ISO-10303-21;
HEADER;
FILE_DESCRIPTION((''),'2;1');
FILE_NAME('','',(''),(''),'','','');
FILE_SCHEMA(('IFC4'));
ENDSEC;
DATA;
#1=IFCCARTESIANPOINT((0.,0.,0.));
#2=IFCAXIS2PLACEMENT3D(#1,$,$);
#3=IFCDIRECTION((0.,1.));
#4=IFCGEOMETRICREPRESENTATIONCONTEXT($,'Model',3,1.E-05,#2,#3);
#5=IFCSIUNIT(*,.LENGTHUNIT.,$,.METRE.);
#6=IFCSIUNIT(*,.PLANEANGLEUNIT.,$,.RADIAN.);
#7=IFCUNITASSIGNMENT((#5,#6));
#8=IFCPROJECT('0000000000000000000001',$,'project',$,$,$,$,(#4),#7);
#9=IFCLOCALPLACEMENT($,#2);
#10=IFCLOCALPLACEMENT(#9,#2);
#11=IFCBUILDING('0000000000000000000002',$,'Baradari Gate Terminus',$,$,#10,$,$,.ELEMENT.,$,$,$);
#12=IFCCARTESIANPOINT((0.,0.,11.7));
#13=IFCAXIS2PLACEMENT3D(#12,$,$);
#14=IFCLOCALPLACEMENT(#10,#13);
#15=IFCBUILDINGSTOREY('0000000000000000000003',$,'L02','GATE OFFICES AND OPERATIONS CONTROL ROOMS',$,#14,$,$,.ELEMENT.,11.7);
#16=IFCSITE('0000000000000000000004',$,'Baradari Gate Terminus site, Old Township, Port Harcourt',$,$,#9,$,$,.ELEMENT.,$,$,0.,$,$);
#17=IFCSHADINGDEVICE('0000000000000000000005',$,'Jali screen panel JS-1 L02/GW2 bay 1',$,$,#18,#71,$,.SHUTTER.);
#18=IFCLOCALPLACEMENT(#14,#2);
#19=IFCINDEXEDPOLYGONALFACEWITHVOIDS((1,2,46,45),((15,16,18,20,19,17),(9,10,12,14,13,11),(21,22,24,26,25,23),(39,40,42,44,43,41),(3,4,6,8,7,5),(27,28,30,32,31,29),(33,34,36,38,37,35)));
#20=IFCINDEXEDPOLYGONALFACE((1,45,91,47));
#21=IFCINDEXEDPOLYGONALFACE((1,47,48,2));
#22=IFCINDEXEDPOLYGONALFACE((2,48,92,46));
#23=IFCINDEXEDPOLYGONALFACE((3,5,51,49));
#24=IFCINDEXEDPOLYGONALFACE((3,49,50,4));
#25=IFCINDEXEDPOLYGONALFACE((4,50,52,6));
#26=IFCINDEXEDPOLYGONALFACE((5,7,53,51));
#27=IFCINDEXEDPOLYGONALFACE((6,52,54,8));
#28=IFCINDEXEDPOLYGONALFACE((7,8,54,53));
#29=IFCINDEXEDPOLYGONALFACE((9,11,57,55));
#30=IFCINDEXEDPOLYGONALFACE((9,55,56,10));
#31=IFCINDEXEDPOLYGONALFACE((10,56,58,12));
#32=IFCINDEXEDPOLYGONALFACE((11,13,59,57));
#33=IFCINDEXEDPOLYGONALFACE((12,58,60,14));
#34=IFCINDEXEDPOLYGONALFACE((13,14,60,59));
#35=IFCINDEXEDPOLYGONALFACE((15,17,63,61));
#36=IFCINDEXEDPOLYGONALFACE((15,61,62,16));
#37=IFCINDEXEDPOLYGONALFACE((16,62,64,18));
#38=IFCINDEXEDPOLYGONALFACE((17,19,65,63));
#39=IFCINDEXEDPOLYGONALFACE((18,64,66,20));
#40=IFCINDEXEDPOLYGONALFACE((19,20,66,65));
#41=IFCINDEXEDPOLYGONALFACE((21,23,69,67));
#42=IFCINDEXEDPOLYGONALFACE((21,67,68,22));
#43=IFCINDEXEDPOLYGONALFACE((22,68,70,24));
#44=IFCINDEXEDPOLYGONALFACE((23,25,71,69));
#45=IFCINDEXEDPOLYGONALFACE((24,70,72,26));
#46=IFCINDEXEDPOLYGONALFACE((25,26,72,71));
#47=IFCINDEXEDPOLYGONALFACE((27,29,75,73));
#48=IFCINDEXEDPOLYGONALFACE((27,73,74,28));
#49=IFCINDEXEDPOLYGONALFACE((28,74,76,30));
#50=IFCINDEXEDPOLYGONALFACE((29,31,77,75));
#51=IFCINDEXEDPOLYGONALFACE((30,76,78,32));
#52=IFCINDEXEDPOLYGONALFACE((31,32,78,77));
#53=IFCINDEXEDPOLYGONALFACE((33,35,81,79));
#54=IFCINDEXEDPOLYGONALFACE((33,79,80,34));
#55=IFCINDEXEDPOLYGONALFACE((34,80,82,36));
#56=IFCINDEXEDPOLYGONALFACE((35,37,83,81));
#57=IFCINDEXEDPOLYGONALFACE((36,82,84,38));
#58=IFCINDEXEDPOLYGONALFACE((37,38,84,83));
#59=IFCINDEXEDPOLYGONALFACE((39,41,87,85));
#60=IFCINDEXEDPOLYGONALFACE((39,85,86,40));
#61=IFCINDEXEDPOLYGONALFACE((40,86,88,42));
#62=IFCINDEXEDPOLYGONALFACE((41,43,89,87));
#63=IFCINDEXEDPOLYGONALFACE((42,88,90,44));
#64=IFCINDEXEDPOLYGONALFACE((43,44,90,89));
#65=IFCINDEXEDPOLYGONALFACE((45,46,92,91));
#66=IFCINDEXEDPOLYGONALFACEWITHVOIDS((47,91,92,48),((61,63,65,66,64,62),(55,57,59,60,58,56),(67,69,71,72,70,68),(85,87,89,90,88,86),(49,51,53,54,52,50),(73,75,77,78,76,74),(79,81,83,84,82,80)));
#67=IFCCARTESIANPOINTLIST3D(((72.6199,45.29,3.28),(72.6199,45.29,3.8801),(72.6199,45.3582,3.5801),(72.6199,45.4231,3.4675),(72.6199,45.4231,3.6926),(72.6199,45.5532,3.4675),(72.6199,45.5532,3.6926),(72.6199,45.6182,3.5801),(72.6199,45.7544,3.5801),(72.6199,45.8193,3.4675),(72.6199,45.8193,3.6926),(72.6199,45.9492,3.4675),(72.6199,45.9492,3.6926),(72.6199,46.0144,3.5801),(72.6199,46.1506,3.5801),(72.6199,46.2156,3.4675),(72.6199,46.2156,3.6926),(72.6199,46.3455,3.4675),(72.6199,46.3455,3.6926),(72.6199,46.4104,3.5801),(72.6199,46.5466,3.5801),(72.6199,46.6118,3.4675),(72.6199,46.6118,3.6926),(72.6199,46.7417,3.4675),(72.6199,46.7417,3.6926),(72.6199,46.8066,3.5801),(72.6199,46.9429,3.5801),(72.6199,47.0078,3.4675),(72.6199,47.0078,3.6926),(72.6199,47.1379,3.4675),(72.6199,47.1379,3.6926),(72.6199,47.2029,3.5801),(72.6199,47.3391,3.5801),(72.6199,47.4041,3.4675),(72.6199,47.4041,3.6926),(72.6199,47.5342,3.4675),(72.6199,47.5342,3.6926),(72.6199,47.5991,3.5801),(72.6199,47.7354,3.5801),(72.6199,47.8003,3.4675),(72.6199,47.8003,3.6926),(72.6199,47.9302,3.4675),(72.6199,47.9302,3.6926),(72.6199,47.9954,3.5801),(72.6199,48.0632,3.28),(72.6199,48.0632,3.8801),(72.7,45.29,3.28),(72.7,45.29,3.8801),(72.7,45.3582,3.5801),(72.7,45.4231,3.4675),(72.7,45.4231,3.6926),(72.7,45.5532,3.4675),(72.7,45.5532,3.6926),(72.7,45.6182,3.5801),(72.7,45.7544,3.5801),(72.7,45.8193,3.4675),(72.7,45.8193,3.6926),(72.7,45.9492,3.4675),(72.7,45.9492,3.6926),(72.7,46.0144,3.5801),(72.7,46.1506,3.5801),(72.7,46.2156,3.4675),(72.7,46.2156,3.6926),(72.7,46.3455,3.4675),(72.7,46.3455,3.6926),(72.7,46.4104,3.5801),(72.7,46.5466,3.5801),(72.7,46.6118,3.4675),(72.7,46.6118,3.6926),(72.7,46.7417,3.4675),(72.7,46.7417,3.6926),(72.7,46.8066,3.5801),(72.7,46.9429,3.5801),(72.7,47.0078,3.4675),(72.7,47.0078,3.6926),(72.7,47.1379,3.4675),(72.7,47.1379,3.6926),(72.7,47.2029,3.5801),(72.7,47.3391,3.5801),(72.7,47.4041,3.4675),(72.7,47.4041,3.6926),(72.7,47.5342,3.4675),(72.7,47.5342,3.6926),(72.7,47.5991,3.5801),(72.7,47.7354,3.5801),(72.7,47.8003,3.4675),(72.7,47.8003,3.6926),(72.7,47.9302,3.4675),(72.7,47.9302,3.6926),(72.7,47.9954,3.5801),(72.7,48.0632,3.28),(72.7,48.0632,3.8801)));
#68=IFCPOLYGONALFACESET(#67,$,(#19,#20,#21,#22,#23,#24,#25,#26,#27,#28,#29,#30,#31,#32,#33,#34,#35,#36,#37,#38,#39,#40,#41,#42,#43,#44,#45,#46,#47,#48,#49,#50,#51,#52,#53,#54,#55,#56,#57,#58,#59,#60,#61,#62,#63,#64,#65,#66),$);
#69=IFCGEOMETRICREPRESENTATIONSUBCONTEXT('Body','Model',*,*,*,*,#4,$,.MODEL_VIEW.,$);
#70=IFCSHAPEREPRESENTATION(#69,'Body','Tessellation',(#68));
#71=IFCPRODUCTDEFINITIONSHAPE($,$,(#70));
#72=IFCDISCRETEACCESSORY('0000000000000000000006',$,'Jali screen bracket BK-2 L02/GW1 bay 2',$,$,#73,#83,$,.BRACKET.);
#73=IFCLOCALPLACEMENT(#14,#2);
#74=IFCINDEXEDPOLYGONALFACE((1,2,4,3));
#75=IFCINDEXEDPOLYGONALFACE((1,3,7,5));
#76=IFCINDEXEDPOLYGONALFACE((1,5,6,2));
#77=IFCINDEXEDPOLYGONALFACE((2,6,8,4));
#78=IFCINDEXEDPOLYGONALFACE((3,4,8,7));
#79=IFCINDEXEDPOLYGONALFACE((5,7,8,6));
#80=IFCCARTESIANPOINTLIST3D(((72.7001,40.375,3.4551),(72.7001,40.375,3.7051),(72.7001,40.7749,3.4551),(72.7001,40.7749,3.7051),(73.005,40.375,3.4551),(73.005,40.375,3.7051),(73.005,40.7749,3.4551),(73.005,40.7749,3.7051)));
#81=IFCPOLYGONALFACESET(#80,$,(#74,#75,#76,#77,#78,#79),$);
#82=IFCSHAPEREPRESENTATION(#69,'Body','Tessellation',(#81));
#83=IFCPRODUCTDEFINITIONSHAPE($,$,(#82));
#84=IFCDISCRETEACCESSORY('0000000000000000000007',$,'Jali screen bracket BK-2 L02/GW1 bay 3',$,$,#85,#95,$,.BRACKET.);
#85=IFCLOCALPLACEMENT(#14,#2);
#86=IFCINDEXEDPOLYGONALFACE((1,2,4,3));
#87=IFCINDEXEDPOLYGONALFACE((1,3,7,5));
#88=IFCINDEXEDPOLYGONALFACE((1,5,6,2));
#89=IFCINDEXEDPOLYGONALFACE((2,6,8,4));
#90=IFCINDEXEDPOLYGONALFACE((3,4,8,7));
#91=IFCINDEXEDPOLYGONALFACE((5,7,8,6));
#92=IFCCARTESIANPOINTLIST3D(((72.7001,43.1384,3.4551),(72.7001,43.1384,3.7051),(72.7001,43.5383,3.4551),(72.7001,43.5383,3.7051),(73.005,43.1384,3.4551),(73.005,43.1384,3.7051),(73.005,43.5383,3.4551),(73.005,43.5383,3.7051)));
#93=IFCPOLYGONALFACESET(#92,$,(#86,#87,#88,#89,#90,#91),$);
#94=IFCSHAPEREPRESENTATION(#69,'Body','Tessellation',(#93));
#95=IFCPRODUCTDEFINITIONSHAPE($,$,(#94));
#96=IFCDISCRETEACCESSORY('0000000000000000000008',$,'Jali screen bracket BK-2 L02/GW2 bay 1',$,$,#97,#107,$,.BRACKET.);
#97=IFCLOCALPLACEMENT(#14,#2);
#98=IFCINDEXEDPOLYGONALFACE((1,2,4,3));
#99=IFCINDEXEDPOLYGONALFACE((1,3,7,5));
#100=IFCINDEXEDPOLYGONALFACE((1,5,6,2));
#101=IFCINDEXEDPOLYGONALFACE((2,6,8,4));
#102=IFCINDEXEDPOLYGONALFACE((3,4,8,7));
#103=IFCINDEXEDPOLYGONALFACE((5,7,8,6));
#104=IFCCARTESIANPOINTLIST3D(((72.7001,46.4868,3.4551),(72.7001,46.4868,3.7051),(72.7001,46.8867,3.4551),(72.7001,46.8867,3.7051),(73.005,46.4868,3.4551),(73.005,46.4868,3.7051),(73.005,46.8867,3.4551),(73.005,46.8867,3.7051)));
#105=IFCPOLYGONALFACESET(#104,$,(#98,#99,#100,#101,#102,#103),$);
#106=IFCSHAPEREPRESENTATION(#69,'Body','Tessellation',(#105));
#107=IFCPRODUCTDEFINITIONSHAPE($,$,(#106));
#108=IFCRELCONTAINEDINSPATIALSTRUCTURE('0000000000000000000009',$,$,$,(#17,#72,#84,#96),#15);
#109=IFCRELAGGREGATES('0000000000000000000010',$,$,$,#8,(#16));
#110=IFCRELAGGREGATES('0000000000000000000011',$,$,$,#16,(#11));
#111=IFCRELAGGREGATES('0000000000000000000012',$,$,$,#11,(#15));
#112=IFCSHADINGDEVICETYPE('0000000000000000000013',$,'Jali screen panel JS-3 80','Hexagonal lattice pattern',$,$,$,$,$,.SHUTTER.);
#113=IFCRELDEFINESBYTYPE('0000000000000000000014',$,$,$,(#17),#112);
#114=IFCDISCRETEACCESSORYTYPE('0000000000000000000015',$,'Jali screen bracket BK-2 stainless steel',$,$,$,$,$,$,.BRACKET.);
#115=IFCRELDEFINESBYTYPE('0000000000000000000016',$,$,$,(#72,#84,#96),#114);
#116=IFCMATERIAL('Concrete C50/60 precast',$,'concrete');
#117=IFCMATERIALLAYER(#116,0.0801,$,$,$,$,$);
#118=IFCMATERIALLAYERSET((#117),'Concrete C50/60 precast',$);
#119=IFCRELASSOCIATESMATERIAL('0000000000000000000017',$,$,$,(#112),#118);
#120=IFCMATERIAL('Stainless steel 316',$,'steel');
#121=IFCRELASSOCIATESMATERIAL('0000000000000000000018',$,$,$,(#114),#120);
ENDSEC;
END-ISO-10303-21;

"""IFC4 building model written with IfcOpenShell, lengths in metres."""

from ifc_helpers import new_model, si_unit, direction, frame, origin, origin_2d, place, context, subcontext, project, spatial, polyline, rectangle, outline, extrude, material, layer, layer_set, type_object, element, save


model = new_model("IFC4")

# Units and contexts
model_context = context("Model", 3, precision=1e-05, world=origin(), true_north=direction((0.0, 1.0)))
body_context = subcontext(model_context, "Body", "Model", "MODEL_VIEW")
ifc_project = project(units=[si_unit("LENGTHUNIT", "METRE"), si_unit("PLANEANGLEUNIT", "RADIAN")], contexts=[model_context])

# Site, building, storey
site_placement = place(None, origin())
site = spatial("IfcSite", under=ifc_project, at=site_placement, Name="Baradari Gate Terminus site, Old Township, Port Harcourt", CompositionType="ELEMENT", RefElevation=0.0)
building_placement = place(site_placement, origin())
building = spatial("IfcBuilding", under=site, at=building_placement, Name="Baradari Gate Terminus", CompositionType="ELEMENT")
storey_placement = place(building_placement, frame((0.0, 0.0, 11.7)))
storey = spatial("IfcBuildingStorey", under=building, at=storey_placement, Name="L02", Description="GATE OFFICES AND OPERATIONS CONTROL ROOMS", CompositionType="ELEMENT", Elevation=11.7)

# Shading device
ifc_material_1 = material(Name="Concrete C50/60 precast", Category="concrete")
ifc_layer_1 = layer(ifc_material_1, 0.0801)
ifc_layer_set_1 = layer_set([ifc_layer_1], Name="Concrete C50/60 precast")
shading_device_type = type_object("IfcShadingDeviceType", Name="Jali screen panel JS-3 80", Description="Hexagonal lattice pattern", PredefinedType="SHUTTER", material=ifc_layer_set_1)
shading_device_1_placement = place(storey_placement, frame((72.6599, 45.29, 3.28), z_axis=(0.0, 0.0, 1.0), x_axis=(0.0, 1.0, 0.0)))
element("IfcShadingDevice", 1, at=shading_device_1_placement, inside=storey, type_object=shading_device_type, Name="Jali screen panel JS-1 L02/GW2 bay 1", PredefinedType="SHUTTER", context=body_context, shape_type="SweptSolid", body=[
    extrude(outline(polyline([(0.0, 0.0), (2.7732, 0.0), (2.7732, 0.6001), (0.0, 0.6001), (0.0, 0.0)]), holes=[polyline([(0.3281, 0.3), (0.2632, 0.1875), (0.1331, 0.1875), (0.0681, 0.3), (0.1331, 0.4126), (0.2632, 0.4126), (0.3281, 0.3)]), polyline([(0.7244, 0.3), (0.6592, 0.1875), (0.5293, 0.1875), (0.4644, 0.3), (0.5293, 0.4126), (0.6592, 0.4126), (0.7244, 0.3)]), polyline([(1.1204, 0.3), (1.0554, 0.1875), (0.9255, 0.1875), (0.8606, 0.3), (0.9255, 0.4126), (1.0554, 0.4126), (1.1204, 0.3)]), polyline([(1.5166, 0.3), (1.4517, 0.1875), (1.3218, 0.1875), (1.2566, 0.3), (1.3218, 0.4126), (1.4517, 0.4126), (1.5166, 0.3)]), polyline([(1.9128, 0.3), (1.8479, 0.1875), (1.7178, 0.1875), (1.6528, 0.3), (1.7178, 0.4126), (1.8479, 0.4126), (1.9128, 0.3)]), polyline([(2.3091, 0.3), (2.2441, 0.1875), (2.114, 0.1875), (2.0491, 0.3), (2.114, 0.4126), (2.2441, 0.4126), (2.3091, 0.3)]), polyline([(2.7053, 0.3), (2.6401, 0.1875), (2.5103, 0.1875), (2.4453, 0.3), (2.5103, 0.4126), (2.6401, 0.4126), (2.7053, 0.3)])]), frame((0.0, 0.04, 0.0), z_axis=(0.0, -1.0, 0.0), x_axis=(1.0, 0.0, 0.0)), (0.0, 0.0, 1.0), 0.0801),
])

# Discrete accessories
ifc_material_2 = material(Name="Stainless steel 316", Category="steel")
discrete_accessory_type = type_object("IfcDiscreteAccessoryType", Name="Jali screen bracket BK-2 stainless steel", PredefinedType="BRACKET", material=ifc_material_2)
for number, where, z_axis, x_axis, name in (
    (2, (72.8525, 40.575, 3.4551), (0.0, 0.0, 1.0), (-1.0, 0.0, 0.0), "Jali screen bracket BK-2 L02/GW1 bay 2"),
    (3, (72.8525, 43.3384, 3.4551), (0.0, 0.0, 1.0), (-1.0, 0.0, 0.0), "Jali screen bracket BK-2 L02/GW1 bay 3"),
    (4, (72.8525, 46.6868, 3.4551), (0.0, 0.0, 1.0), (-1.0, 0.0, 0.0), "Jali screen bracket BK-2 L02/GW2 bay 1"),
):
    element("IfcDiscreteAccessory", number, at=place(storey_placement, frame(where, z_axis=z_axis, x_axis=x_axis)), inside=storey, type_object=discrete_accessory_type, Name=name, PredefinedType="BRACKET", context=body_context, shape_type="SweptSolid", body=[
        extrude(rectangle(XDim=0.3049, YDim=0.3999, at=origin_2d()), origin(), (0.0, 0.0, 1.0), 0.25),
    ])

save(model, "model.ifc")
